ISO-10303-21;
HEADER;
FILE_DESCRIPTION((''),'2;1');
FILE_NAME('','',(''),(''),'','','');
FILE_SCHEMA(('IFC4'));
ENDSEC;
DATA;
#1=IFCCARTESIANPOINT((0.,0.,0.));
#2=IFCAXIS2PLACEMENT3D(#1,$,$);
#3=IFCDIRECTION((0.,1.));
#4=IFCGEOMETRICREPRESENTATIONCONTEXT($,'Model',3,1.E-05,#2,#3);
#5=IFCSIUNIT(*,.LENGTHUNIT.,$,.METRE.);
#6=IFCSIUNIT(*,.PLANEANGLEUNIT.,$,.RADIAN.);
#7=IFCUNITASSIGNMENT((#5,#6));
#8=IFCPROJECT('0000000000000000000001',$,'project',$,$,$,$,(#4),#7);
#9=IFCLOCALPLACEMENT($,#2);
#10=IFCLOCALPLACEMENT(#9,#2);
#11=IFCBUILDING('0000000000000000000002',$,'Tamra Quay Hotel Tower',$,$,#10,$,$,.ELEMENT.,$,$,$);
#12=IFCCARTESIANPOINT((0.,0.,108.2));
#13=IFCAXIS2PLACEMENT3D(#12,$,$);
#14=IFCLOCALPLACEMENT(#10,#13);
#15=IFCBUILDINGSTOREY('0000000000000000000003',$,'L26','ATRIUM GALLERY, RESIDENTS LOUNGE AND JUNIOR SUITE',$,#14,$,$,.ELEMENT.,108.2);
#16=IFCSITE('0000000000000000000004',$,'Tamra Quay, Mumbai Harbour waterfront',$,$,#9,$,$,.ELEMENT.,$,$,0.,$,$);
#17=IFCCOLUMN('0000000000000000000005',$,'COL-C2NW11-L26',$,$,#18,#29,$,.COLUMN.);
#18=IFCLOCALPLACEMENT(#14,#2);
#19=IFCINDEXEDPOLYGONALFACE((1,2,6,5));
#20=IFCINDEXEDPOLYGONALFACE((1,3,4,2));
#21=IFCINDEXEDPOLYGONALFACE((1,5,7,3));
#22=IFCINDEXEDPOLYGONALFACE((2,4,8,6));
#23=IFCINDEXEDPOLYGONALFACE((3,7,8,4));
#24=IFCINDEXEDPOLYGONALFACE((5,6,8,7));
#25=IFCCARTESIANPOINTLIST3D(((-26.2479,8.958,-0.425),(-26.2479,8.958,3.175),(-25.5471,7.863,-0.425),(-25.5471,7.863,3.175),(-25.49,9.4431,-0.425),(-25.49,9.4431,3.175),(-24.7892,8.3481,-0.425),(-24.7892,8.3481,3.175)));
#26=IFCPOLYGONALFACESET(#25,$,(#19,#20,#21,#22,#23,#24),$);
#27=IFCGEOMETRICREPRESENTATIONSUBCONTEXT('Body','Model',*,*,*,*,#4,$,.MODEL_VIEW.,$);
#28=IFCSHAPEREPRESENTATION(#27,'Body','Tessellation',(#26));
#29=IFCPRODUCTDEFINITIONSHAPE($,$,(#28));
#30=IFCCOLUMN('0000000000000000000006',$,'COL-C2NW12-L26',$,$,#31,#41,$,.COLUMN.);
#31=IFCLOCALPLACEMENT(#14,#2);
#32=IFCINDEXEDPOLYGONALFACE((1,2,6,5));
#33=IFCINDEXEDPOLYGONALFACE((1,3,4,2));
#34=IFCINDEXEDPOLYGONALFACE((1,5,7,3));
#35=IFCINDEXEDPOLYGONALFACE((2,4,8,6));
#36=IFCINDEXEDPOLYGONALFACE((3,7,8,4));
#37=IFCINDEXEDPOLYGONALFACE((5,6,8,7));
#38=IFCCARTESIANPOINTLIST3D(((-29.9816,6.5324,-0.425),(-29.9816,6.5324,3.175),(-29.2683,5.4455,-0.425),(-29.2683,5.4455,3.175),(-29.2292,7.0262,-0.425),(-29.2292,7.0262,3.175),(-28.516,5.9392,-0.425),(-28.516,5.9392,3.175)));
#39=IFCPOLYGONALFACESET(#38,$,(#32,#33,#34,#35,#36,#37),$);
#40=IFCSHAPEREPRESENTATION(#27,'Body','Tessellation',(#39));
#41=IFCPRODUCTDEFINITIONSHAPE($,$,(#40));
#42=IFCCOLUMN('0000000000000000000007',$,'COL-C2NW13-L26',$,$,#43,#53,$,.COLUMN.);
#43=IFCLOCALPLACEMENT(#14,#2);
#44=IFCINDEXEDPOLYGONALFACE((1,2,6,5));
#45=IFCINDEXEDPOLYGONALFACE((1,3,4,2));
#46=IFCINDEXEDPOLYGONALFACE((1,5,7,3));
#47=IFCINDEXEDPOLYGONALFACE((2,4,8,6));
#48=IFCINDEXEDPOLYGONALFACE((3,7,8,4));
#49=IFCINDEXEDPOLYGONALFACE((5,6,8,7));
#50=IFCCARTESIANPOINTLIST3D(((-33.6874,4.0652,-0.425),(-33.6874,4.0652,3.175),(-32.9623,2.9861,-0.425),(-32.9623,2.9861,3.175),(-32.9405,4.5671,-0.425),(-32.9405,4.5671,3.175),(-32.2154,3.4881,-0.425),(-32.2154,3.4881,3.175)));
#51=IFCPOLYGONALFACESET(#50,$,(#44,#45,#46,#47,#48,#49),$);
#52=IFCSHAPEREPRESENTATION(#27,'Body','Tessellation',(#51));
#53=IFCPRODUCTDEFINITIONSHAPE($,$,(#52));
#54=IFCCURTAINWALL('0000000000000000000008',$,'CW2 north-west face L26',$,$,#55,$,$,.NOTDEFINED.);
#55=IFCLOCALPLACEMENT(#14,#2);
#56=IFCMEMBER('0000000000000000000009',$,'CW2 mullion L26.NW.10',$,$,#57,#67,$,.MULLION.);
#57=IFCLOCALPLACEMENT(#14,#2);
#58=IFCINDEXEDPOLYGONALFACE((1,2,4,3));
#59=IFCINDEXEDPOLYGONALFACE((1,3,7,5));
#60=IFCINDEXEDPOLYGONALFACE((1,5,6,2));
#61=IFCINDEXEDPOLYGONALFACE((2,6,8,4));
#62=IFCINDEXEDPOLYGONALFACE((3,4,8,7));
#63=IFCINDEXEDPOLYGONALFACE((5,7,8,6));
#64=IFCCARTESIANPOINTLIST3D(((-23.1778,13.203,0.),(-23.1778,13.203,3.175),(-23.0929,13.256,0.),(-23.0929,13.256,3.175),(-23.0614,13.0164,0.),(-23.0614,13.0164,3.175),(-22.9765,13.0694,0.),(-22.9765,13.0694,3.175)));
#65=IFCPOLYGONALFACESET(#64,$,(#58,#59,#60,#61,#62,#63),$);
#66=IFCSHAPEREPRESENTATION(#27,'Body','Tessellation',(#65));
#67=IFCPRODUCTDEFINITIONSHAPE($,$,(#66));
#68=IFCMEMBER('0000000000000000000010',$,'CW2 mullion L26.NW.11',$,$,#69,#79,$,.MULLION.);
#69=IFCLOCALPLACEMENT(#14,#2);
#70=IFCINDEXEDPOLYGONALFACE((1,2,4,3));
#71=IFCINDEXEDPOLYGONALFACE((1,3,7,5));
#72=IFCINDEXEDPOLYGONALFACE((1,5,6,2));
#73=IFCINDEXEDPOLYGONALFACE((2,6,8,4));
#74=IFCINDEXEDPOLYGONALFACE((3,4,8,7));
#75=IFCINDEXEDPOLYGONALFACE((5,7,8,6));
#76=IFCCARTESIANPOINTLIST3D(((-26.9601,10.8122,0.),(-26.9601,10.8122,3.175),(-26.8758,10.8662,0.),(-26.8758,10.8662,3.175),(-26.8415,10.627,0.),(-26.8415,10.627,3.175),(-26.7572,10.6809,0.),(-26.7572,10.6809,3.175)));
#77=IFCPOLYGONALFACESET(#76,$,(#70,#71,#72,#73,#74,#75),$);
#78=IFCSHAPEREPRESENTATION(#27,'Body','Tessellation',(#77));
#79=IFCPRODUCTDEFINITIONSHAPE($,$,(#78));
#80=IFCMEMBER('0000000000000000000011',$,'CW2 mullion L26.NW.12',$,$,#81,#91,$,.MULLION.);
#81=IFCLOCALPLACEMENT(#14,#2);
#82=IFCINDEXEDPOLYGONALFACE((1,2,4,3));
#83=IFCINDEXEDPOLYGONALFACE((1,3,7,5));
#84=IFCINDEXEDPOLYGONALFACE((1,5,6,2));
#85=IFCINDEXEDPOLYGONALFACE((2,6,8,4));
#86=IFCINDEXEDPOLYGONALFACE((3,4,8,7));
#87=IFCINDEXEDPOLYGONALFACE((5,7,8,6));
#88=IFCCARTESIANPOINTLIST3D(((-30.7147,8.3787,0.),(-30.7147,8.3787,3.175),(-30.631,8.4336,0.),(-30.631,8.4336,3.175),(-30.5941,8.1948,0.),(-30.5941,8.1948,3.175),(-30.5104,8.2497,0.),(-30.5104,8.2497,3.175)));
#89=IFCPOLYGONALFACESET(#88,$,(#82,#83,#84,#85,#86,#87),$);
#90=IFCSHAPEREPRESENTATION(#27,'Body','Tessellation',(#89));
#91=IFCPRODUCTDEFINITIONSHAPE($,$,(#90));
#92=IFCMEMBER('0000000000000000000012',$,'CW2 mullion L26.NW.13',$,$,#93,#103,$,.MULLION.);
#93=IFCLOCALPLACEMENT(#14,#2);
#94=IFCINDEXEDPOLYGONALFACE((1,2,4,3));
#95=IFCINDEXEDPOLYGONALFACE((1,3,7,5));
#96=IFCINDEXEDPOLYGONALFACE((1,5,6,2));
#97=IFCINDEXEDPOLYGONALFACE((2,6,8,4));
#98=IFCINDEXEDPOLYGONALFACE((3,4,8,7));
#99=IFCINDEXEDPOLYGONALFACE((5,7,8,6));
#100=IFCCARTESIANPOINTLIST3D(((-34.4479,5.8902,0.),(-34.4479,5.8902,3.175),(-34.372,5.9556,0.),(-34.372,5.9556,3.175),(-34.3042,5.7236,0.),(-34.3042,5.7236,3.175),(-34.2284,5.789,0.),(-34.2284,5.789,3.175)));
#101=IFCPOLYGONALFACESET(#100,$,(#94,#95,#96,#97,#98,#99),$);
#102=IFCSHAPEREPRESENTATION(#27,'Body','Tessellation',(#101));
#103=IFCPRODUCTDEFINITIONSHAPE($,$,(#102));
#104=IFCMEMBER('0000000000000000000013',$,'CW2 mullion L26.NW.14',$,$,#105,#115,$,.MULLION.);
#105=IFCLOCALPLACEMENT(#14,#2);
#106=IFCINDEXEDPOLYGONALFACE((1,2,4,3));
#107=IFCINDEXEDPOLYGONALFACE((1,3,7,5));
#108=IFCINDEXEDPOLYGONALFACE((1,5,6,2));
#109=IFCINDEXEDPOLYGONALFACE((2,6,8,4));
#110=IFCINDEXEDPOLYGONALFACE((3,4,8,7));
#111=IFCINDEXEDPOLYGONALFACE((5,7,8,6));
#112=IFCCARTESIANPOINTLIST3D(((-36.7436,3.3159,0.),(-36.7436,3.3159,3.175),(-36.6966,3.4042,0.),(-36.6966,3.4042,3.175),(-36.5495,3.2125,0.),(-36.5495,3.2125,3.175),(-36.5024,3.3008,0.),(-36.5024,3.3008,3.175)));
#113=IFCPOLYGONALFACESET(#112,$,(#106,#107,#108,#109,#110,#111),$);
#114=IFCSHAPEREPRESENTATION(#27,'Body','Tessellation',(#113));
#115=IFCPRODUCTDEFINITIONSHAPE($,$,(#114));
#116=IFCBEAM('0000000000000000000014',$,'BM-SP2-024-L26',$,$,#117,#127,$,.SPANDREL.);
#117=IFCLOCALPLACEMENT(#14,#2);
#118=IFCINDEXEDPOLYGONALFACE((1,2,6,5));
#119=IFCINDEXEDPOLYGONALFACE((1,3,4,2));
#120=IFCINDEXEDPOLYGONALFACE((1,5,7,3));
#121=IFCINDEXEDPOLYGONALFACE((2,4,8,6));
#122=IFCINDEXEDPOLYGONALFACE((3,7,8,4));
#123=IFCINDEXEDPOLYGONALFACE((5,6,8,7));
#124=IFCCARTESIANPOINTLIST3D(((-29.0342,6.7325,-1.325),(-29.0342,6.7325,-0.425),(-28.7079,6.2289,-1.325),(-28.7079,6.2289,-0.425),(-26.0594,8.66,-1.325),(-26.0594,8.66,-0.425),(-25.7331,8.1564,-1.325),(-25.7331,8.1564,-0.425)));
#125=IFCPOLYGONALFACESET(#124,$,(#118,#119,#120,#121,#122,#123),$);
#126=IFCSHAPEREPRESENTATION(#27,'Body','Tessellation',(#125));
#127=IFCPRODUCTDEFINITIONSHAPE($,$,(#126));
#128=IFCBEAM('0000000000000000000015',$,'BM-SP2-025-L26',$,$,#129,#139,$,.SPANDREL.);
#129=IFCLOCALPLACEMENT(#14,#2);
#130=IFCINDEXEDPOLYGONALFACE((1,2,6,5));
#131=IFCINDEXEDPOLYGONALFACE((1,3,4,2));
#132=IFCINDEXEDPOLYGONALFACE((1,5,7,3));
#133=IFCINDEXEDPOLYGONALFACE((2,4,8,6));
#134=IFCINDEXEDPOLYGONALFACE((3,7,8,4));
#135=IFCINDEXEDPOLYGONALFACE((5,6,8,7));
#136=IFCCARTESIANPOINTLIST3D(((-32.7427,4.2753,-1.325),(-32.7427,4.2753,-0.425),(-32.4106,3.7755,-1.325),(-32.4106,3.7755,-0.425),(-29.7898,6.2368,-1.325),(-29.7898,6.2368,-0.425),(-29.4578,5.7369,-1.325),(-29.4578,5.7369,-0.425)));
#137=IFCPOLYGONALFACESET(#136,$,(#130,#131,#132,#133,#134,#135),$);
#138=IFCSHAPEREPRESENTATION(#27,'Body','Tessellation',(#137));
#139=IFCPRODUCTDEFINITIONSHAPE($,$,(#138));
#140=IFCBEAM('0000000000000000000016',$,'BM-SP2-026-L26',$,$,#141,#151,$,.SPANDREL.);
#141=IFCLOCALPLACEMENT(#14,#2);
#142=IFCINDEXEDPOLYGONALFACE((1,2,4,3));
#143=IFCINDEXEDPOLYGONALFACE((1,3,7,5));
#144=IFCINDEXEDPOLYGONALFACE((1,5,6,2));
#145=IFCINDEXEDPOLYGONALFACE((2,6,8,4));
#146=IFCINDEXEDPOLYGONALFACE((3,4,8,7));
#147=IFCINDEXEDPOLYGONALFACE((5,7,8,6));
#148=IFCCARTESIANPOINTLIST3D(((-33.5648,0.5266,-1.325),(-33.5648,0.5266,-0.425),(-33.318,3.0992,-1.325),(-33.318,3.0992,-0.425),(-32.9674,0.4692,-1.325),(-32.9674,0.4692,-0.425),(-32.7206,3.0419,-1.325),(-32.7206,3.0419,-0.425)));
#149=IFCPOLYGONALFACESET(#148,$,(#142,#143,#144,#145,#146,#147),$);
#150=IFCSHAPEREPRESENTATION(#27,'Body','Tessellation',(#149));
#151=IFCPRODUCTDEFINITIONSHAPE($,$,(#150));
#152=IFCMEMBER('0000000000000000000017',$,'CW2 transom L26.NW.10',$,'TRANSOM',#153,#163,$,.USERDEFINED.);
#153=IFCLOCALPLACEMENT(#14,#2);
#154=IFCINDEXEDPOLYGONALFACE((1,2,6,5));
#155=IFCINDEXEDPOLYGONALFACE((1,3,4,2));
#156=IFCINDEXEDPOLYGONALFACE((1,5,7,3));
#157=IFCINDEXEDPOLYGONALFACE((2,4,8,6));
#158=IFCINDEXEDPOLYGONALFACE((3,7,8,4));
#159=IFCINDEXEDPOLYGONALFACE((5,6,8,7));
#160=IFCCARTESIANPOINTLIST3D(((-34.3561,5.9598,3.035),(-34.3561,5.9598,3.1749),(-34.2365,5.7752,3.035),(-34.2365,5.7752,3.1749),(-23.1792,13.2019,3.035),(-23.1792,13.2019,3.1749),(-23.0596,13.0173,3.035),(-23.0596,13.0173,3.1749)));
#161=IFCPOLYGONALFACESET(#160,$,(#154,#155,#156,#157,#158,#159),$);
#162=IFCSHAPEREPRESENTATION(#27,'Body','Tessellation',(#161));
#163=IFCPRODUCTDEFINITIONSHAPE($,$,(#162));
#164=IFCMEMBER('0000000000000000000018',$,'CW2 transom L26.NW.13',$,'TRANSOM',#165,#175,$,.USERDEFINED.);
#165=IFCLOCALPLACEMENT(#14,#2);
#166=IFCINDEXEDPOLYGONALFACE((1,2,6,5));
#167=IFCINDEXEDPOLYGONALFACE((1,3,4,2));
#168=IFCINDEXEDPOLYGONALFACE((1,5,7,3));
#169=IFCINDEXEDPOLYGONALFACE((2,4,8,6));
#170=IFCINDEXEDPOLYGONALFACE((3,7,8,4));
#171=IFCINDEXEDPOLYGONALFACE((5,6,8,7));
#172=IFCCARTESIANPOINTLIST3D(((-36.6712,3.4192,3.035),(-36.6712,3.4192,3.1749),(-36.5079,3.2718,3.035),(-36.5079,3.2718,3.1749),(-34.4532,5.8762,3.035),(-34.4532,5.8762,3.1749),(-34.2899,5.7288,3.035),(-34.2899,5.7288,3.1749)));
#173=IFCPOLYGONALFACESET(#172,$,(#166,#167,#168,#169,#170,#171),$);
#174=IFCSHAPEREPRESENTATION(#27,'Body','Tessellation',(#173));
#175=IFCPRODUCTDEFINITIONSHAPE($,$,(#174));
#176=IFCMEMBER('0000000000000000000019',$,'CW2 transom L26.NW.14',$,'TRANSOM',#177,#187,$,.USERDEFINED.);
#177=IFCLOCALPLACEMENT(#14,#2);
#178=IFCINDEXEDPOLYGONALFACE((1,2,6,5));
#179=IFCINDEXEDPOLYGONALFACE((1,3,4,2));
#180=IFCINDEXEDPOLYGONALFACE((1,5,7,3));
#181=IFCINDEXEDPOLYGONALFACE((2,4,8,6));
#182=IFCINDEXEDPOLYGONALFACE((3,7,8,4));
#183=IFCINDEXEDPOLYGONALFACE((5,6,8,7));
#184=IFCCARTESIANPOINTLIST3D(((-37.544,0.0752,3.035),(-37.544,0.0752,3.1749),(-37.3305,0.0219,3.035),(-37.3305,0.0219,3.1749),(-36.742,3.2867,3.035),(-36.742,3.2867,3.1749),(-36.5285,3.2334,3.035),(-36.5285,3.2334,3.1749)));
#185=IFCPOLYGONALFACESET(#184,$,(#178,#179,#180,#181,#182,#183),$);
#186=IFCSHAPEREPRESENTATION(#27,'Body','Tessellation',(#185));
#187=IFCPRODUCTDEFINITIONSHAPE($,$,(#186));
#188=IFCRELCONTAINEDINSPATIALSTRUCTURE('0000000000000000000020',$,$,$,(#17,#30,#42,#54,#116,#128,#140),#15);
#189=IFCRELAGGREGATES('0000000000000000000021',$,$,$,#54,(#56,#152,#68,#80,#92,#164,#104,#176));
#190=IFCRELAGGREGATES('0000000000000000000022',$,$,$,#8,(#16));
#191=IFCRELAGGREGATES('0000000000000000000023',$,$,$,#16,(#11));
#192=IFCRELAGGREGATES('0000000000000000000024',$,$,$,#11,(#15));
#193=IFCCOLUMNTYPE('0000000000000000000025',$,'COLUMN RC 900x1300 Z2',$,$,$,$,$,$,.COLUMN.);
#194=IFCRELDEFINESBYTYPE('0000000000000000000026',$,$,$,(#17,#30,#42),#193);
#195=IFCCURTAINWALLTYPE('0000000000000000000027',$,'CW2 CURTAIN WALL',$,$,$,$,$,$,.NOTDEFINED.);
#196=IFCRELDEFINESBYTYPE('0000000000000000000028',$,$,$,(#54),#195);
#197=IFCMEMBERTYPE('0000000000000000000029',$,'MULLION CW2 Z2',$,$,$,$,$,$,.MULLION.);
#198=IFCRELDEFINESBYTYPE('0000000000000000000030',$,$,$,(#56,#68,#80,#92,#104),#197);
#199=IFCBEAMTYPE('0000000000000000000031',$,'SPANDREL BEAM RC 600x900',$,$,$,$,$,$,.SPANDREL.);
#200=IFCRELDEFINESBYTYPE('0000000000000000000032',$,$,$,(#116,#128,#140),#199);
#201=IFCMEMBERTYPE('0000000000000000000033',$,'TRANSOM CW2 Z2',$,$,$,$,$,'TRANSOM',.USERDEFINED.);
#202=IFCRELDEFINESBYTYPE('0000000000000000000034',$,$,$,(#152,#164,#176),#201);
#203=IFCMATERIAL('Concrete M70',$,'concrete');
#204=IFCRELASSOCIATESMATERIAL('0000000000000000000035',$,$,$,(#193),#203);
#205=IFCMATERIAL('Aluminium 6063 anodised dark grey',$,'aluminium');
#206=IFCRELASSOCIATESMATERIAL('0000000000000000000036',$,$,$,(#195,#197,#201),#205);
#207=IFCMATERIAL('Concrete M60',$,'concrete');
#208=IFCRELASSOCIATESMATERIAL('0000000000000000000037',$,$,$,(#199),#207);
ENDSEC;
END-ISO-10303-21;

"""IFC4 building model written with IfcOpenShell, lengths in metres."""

from ifc_helpers import new_model, si_unit, direction, frame, origin, origin_2d, place, context, subcontext, project, spatial, rectangle, extrude, material, material_profile, profile_set, type_object, element, aggregate, save


model = new_model("IFC4")

# Units and contexts
model_context = context("Model", 3, precision=1e-05, world=origin(), true_north=direction((0.0, 1.0)))
body_context = subcontext(model_context, "Body", "Model", "MODEL_VIEW")
ifc_project = project(units=[si_unit("LENGTHUNIT", "METRE"), si_unit("PLANEANGLEUNIT", "RADIAN")], contexts=[model_context])

# Site, building, storey
site_placement = place(None, origin())
site = spatial("IfcSite", under=ifc_project, at=site_placement, Name="Tamra Quay, Mumbai Harbour waterfront", CompositionType="ELEMENT", RefElevation=0.0)
building_placement = place(site_placement, origin())
building = spatial("IfcBuilding", under=site, at=building_placement, Name="Tamra Quay Hotel Tower", CompositionType="ELEMENT")
storey_placement = place(building_placement, frame((0.0, 0.0, 108.2)))
storey = spatial("IfcBuildingStorey", under=building, at=storey_placement, Name="L26", Description="ATRIUM GALLERY, RESIDENTS LOUNGE AND JUNIOR SUITE", CompositionType="ELEMENT", Elevation=108.2)

# Columns
ifc_material_1 = material(Name="Concrete M70", Category="concrete")
ifc_material_profile_1 = material_profile(ifc_material_1, rectangle(XDim=1.3, YDim=0.8999, at=origin_2d()), Name="COLUMN RC 900x1300 Z2")
ifc_profile_set_1 = profile_set([ifc_material_profile_1], Name="Concrete M70")
column_type = type_object("IfcColumnType", Name="COLUMN RC 900x1300 Z2", PredefinedType="COLUMN", material=ifc_profile_set_1)
for number, where, z_axis, x_axis, name in (
    (1, (-25.5186, 8.6531, -0.425), (0.0, 0.0, 1.0), (-0.539065, 0.842264, 0.0), "COL-C2NW11-L26"),
    (2, (-29.2488, 6.2358, -0.425), (0.0, 0.0, 1.0), (-0.548641, 0.836058, 0.0), "COL-C2NW12-L26"),
    (3, (-32.9514, 3.7766, -0.425), (0.0, 0.0, 1.0), (-0.557767, 0.829998, 0.0), "COL-C2NW13-L26"),
):
    element("IfcColumn", number, at=place(storey_placement, frame(where, z_axis=z_axis, x_axis=x_axis)), inside=storey, type_object=column_type, Name=name, PredefinedType="COLUMN", context=body_context, shape_type="SweptSolid", body=[
        extrude(rectangle(XDim=1.3, YDim=0.8999, at=origin_2d()), origin(), (0.0, 0.0, 1.0), 3.6001),
    ])

# Curtain wall, members
ifc_material_2 = material(Name="Aluminium 6063 anodised dark grey", Category="aluminium")
curtain_wall_type = type_object("IfcCurtainWallType", Name="CW2 CURTAIN WALL", PredefinedType="NOTDEFINED", material=ifc_material_2)
curtain_wall_placement = place(storey_placement, origin())
curtain_wall = element("IfcCurtainWall", 4, at=curtain_wall_placement, inside=storey, type_object=curtain_wall_type, Name="CW2 north-west face L26", PredefinedType="NOTDEFINED")
ifc_material_profile_2 = material_profile(ifc_material_2, rectangle(XDim=0.22, YDim=0.1001, at=origin_2d()), Name="MULLION 100X220")
ifc_profile_set_2 = profile_set([ifc_material_profile_2], Name="Aluminium 6063 anodised dark grey")
member_type_1 = type_object("IfcMemberType", Name="MULLION CW2 Z2", PredefinedType="MULLION", material=ifc_profile_set_2)
member_1_placement = place(storey_placement, frame((-23.0771, 13.1362, 0.0), z_axis=(0.0, 0.0, 1.0), x_axis=(-0.529364, 0.848395, 0.0)))
member_1 = element("IfcMember", 5, at=member_1_placement, type_object=member_type_1, Name="CW2 mullion L26.NW.10", PredefinedType="MULLION", context=body_context, shape_type="SweptSolid", body=[
    extrude(rectangle(XDim=0.22, YDim=0.1001, at=origin_2d()), origin(), (0.0, 0.0, 1.0), 3.175),
])
member_2_placement = place(storey_placement, frame((-26.8586, 10.7466, 0.0), z_axis=(0.0, 0.0, 1.0), x_axis=(-0.538999, 0.842307, 0.0)))
member_2 = element("IfcMember", 6, at=member_2_placement, type_object=member_type_1, Name="CW2 mullion L26.NW.11", PredefinedType="MULLION", context=body_context, shape_type="SweptSolid", body=[
    extrude(rectangle(XDim=0.22, YDim=0.1001, at=origin_2d()), origin(), (0.0, 0.0, 1.0), 3.175),
])
member_3_placement = place(storey_placement, frame((-30.6125, 8.3142, 0.0), z_axis=(0.0, 0.0, 1.0), x_axis=(-0.548547, 0.836119, 0.0)))
member_3 = element("IfcMember", 7, at=member_3_placement, type_object=member_type_1, Name="CW2 mullion L26.NW.12", PredefinedType="MULLION", context=body_context, shape_type="SweptSolid", body=[
    extrude(rectangle(XDim=0.22, YDim=0.1001, at=origin_2d()), origin(), (0.0, 0.0, 1.0), 3.175),
])
member_4_placement = place(storey_placement, frame((-34.3381, 5.8396, 0.0), z_axis=(0.0, 0.0, 1.0), x_axis=(-0.652887, 0.757455, 0.0)))
member_4 = element("IfcMember", 8, at=member_4_placement, type_object=member_type_1, Name="CW2 mullion L26.NW.13", PredefinedType="MULLION", context=body_context, shape_type="SweptSolid", body=[
    extrude(rectangle(XDim=0.22, YDim=0.1001, at=origin_2d()), origin(), (0.0, 0.0, 1.0), 3.175),
])
member_5_placement = place(storey_placement, frame((-36.623, 3.3083, 0.0), z_axis=(0.0, 0.0, 1.0), x_axis=(-0.882544, 0.47023, 0.0)))
member_5 = element("IfcMember", 9, at=member_5_placement, type_object=member_type_1, Name="CW2 mullion L26.NW.14", PredefinedType="MULLION", context=body_context, shape_type="SweptSolid", body=[
    extrude(rectangle(XDim=0.22, YDim=0.1001, at=origin_2d()), origin(), (0.0, 0.0, 1.0), 3.175),
])

# Beams
ifc_material_3 = material(Name="Concrete M60", Category="concrete")
ifc_material_profile_3 = material_profile(ifc_material_3, rectangle(XDim=0.6001, YDim=0.8999, at=origin_2d()), Name="SPANDREL BEAM RC 600x900")
ifc_profile_set_3 = profile_set([ifc_material_profile_3], Name="Concrete M60")
beam_type = type_object("IfcBeamType", Name="SPANDREL BEAM RC 600x900", PredefinedType="SPANDREL", material=ifc_profile_set_3)
beam_1_placement = place(storey_placement, frame((-25.8962, 8.4082, -0.875), z_axis=(-0.839237, -0.543765, 0.0), x_axis=(0.543765, -0.839237, 0.0)))
element("IfcBeam", 10, at=beam_1_placement, inside=storey, type_object=beam_type, Name="BM-SP2-024-L26", PredefinedType="SPANDREL", context=body_context, shape_type="SweptSolid", body=[
    extrude(rectangle(XDim=0.6001, YDim=0.8999, at=origin_2d()), origin(), (0.0, 0.0, 1.0), 3.5447),
])
beam_2_placement = place(storey_placement, frame((-29.6238, 5.9868, -0.875), z_axis=(-0.832982, -0.553301, 0.0), x_axis=(0.553301, -0.832982, 0.0)))
element("IfcBeam", 11, at=beam_2_placement, inside=storey, type_object=beam_type, Name="BM-SP2-025-L26", PredefinedType="SPANDREL", context=body_context, shape_type="SweptSolid", body=[
    extrude(rectangle(XDim=0.6001, YDim=0.8999, at=origin_2d()), origin(), (0.0, 0.0, 1.0), 3.5449),
])
beam_3_placement = place(storey_placement, frame((-33.0193, 3.0706, -0.875), z_axis=(-0.0955, -0.995429, 0.0), x_axis=(0.995429, -0.0955, 0.0)))
element("IfcBeam", 12, at=beam_3_placement, inside=storey, type_object=beam_type, Name="BM-SP2-026-L26", PredefinedType="SPANDREL", context=body_context, shape_type="SweptSolid", body=[
    extrude(rectangle(XDim=0.6001, YDim=0.8999, at=origin_2d()), origin(), (0.0, 0.0, 1.0), 2.5845),
])

# Members
ifc_material_profile_4 = material_profile(ifc_material_2, rectangle(XDim=0.22, YDim=0.1399, at=origin_2d()), Name="TRANSOM 220X140")
ifc_profile_set_4 = profile_set([ifc_material_profile_4], Name="Aluminium 6063 anodised dark grey")
member_type_2 = type_object("IfcMemberType", Name="TRANSOM CW2 Z2", ElementType="TRANSOM", PredefinedType="USERDEFINED", material=ifc_profile_set_4)
member_6_placement = place(storey_placement, frame((-23.1194, 13.1096, 3.105), z_axis=(-0.839227, -0.543781, 0.0), x_axis=(0.543781, -0.839227, 0.0)))
member_6 = element("IfcMember", 13, at=member_6_placement, type_object=member_type_2, Name="CW2 transom L26.NW.10", ObjectType="TRANSOM", PredefinedType="USERDEFINED", context=body_context, shape_type="SweptSolid", body=[
    extrude(rectangle(XDim=0.22, YDim=0.1399, at=origin_2d()), origin(), (0.0, 0.0, 1.0), 13.3181),
])
member_7_placement = place(storey_placement, frame((-34.3716, 5.8025, 3.105), z_axis=(-0.670081, -0.742288, 0.0), x_axis=(0.742288, -0.670081, 0.0)))
member_7 = element("IfcMember", 14, at=member_7_placement, type_object=member_type_2, Name="CW2 transom L26.NW.13", ObjectType="TRANSOM", PredefinedType="USERDEFINED", context=body_context, shape_type="SweptSolid", body=[
    extrude(rectangle(XDim=0.22, YDim=0.1399, at=origin_2d()), origin(), (0.0, 0.0, 1.0), 3.3101),
])
member_8_placement = place(storey_placement, frame((-36.6353, 3.26, 3.105), z_axis=(-0.242293, -0.970203, 0.0), x_axis=(0.970203, -0.242293, 0.0)))
member_8 = element("IfcMember", 15, at=member_8_placement, type_object=member_type_2, Name="CW2 transom L26.NW.14", ObjectType="TRANSOM", PredefinedType="USERDEFINED", context=body_context, shape_type="SweptSolid", body=[
    extrude(rectangle(XDim=0.22, YDim=0.1399, at=origin_2d()), origin(), (0.0, 0.0, 1.0), 3.3101),
])

aggregate(curtain_wall, [member_1, member_6, member_2, member_3, member_4, member_7, member_5, member_8])

save(model, "model.ifc")
